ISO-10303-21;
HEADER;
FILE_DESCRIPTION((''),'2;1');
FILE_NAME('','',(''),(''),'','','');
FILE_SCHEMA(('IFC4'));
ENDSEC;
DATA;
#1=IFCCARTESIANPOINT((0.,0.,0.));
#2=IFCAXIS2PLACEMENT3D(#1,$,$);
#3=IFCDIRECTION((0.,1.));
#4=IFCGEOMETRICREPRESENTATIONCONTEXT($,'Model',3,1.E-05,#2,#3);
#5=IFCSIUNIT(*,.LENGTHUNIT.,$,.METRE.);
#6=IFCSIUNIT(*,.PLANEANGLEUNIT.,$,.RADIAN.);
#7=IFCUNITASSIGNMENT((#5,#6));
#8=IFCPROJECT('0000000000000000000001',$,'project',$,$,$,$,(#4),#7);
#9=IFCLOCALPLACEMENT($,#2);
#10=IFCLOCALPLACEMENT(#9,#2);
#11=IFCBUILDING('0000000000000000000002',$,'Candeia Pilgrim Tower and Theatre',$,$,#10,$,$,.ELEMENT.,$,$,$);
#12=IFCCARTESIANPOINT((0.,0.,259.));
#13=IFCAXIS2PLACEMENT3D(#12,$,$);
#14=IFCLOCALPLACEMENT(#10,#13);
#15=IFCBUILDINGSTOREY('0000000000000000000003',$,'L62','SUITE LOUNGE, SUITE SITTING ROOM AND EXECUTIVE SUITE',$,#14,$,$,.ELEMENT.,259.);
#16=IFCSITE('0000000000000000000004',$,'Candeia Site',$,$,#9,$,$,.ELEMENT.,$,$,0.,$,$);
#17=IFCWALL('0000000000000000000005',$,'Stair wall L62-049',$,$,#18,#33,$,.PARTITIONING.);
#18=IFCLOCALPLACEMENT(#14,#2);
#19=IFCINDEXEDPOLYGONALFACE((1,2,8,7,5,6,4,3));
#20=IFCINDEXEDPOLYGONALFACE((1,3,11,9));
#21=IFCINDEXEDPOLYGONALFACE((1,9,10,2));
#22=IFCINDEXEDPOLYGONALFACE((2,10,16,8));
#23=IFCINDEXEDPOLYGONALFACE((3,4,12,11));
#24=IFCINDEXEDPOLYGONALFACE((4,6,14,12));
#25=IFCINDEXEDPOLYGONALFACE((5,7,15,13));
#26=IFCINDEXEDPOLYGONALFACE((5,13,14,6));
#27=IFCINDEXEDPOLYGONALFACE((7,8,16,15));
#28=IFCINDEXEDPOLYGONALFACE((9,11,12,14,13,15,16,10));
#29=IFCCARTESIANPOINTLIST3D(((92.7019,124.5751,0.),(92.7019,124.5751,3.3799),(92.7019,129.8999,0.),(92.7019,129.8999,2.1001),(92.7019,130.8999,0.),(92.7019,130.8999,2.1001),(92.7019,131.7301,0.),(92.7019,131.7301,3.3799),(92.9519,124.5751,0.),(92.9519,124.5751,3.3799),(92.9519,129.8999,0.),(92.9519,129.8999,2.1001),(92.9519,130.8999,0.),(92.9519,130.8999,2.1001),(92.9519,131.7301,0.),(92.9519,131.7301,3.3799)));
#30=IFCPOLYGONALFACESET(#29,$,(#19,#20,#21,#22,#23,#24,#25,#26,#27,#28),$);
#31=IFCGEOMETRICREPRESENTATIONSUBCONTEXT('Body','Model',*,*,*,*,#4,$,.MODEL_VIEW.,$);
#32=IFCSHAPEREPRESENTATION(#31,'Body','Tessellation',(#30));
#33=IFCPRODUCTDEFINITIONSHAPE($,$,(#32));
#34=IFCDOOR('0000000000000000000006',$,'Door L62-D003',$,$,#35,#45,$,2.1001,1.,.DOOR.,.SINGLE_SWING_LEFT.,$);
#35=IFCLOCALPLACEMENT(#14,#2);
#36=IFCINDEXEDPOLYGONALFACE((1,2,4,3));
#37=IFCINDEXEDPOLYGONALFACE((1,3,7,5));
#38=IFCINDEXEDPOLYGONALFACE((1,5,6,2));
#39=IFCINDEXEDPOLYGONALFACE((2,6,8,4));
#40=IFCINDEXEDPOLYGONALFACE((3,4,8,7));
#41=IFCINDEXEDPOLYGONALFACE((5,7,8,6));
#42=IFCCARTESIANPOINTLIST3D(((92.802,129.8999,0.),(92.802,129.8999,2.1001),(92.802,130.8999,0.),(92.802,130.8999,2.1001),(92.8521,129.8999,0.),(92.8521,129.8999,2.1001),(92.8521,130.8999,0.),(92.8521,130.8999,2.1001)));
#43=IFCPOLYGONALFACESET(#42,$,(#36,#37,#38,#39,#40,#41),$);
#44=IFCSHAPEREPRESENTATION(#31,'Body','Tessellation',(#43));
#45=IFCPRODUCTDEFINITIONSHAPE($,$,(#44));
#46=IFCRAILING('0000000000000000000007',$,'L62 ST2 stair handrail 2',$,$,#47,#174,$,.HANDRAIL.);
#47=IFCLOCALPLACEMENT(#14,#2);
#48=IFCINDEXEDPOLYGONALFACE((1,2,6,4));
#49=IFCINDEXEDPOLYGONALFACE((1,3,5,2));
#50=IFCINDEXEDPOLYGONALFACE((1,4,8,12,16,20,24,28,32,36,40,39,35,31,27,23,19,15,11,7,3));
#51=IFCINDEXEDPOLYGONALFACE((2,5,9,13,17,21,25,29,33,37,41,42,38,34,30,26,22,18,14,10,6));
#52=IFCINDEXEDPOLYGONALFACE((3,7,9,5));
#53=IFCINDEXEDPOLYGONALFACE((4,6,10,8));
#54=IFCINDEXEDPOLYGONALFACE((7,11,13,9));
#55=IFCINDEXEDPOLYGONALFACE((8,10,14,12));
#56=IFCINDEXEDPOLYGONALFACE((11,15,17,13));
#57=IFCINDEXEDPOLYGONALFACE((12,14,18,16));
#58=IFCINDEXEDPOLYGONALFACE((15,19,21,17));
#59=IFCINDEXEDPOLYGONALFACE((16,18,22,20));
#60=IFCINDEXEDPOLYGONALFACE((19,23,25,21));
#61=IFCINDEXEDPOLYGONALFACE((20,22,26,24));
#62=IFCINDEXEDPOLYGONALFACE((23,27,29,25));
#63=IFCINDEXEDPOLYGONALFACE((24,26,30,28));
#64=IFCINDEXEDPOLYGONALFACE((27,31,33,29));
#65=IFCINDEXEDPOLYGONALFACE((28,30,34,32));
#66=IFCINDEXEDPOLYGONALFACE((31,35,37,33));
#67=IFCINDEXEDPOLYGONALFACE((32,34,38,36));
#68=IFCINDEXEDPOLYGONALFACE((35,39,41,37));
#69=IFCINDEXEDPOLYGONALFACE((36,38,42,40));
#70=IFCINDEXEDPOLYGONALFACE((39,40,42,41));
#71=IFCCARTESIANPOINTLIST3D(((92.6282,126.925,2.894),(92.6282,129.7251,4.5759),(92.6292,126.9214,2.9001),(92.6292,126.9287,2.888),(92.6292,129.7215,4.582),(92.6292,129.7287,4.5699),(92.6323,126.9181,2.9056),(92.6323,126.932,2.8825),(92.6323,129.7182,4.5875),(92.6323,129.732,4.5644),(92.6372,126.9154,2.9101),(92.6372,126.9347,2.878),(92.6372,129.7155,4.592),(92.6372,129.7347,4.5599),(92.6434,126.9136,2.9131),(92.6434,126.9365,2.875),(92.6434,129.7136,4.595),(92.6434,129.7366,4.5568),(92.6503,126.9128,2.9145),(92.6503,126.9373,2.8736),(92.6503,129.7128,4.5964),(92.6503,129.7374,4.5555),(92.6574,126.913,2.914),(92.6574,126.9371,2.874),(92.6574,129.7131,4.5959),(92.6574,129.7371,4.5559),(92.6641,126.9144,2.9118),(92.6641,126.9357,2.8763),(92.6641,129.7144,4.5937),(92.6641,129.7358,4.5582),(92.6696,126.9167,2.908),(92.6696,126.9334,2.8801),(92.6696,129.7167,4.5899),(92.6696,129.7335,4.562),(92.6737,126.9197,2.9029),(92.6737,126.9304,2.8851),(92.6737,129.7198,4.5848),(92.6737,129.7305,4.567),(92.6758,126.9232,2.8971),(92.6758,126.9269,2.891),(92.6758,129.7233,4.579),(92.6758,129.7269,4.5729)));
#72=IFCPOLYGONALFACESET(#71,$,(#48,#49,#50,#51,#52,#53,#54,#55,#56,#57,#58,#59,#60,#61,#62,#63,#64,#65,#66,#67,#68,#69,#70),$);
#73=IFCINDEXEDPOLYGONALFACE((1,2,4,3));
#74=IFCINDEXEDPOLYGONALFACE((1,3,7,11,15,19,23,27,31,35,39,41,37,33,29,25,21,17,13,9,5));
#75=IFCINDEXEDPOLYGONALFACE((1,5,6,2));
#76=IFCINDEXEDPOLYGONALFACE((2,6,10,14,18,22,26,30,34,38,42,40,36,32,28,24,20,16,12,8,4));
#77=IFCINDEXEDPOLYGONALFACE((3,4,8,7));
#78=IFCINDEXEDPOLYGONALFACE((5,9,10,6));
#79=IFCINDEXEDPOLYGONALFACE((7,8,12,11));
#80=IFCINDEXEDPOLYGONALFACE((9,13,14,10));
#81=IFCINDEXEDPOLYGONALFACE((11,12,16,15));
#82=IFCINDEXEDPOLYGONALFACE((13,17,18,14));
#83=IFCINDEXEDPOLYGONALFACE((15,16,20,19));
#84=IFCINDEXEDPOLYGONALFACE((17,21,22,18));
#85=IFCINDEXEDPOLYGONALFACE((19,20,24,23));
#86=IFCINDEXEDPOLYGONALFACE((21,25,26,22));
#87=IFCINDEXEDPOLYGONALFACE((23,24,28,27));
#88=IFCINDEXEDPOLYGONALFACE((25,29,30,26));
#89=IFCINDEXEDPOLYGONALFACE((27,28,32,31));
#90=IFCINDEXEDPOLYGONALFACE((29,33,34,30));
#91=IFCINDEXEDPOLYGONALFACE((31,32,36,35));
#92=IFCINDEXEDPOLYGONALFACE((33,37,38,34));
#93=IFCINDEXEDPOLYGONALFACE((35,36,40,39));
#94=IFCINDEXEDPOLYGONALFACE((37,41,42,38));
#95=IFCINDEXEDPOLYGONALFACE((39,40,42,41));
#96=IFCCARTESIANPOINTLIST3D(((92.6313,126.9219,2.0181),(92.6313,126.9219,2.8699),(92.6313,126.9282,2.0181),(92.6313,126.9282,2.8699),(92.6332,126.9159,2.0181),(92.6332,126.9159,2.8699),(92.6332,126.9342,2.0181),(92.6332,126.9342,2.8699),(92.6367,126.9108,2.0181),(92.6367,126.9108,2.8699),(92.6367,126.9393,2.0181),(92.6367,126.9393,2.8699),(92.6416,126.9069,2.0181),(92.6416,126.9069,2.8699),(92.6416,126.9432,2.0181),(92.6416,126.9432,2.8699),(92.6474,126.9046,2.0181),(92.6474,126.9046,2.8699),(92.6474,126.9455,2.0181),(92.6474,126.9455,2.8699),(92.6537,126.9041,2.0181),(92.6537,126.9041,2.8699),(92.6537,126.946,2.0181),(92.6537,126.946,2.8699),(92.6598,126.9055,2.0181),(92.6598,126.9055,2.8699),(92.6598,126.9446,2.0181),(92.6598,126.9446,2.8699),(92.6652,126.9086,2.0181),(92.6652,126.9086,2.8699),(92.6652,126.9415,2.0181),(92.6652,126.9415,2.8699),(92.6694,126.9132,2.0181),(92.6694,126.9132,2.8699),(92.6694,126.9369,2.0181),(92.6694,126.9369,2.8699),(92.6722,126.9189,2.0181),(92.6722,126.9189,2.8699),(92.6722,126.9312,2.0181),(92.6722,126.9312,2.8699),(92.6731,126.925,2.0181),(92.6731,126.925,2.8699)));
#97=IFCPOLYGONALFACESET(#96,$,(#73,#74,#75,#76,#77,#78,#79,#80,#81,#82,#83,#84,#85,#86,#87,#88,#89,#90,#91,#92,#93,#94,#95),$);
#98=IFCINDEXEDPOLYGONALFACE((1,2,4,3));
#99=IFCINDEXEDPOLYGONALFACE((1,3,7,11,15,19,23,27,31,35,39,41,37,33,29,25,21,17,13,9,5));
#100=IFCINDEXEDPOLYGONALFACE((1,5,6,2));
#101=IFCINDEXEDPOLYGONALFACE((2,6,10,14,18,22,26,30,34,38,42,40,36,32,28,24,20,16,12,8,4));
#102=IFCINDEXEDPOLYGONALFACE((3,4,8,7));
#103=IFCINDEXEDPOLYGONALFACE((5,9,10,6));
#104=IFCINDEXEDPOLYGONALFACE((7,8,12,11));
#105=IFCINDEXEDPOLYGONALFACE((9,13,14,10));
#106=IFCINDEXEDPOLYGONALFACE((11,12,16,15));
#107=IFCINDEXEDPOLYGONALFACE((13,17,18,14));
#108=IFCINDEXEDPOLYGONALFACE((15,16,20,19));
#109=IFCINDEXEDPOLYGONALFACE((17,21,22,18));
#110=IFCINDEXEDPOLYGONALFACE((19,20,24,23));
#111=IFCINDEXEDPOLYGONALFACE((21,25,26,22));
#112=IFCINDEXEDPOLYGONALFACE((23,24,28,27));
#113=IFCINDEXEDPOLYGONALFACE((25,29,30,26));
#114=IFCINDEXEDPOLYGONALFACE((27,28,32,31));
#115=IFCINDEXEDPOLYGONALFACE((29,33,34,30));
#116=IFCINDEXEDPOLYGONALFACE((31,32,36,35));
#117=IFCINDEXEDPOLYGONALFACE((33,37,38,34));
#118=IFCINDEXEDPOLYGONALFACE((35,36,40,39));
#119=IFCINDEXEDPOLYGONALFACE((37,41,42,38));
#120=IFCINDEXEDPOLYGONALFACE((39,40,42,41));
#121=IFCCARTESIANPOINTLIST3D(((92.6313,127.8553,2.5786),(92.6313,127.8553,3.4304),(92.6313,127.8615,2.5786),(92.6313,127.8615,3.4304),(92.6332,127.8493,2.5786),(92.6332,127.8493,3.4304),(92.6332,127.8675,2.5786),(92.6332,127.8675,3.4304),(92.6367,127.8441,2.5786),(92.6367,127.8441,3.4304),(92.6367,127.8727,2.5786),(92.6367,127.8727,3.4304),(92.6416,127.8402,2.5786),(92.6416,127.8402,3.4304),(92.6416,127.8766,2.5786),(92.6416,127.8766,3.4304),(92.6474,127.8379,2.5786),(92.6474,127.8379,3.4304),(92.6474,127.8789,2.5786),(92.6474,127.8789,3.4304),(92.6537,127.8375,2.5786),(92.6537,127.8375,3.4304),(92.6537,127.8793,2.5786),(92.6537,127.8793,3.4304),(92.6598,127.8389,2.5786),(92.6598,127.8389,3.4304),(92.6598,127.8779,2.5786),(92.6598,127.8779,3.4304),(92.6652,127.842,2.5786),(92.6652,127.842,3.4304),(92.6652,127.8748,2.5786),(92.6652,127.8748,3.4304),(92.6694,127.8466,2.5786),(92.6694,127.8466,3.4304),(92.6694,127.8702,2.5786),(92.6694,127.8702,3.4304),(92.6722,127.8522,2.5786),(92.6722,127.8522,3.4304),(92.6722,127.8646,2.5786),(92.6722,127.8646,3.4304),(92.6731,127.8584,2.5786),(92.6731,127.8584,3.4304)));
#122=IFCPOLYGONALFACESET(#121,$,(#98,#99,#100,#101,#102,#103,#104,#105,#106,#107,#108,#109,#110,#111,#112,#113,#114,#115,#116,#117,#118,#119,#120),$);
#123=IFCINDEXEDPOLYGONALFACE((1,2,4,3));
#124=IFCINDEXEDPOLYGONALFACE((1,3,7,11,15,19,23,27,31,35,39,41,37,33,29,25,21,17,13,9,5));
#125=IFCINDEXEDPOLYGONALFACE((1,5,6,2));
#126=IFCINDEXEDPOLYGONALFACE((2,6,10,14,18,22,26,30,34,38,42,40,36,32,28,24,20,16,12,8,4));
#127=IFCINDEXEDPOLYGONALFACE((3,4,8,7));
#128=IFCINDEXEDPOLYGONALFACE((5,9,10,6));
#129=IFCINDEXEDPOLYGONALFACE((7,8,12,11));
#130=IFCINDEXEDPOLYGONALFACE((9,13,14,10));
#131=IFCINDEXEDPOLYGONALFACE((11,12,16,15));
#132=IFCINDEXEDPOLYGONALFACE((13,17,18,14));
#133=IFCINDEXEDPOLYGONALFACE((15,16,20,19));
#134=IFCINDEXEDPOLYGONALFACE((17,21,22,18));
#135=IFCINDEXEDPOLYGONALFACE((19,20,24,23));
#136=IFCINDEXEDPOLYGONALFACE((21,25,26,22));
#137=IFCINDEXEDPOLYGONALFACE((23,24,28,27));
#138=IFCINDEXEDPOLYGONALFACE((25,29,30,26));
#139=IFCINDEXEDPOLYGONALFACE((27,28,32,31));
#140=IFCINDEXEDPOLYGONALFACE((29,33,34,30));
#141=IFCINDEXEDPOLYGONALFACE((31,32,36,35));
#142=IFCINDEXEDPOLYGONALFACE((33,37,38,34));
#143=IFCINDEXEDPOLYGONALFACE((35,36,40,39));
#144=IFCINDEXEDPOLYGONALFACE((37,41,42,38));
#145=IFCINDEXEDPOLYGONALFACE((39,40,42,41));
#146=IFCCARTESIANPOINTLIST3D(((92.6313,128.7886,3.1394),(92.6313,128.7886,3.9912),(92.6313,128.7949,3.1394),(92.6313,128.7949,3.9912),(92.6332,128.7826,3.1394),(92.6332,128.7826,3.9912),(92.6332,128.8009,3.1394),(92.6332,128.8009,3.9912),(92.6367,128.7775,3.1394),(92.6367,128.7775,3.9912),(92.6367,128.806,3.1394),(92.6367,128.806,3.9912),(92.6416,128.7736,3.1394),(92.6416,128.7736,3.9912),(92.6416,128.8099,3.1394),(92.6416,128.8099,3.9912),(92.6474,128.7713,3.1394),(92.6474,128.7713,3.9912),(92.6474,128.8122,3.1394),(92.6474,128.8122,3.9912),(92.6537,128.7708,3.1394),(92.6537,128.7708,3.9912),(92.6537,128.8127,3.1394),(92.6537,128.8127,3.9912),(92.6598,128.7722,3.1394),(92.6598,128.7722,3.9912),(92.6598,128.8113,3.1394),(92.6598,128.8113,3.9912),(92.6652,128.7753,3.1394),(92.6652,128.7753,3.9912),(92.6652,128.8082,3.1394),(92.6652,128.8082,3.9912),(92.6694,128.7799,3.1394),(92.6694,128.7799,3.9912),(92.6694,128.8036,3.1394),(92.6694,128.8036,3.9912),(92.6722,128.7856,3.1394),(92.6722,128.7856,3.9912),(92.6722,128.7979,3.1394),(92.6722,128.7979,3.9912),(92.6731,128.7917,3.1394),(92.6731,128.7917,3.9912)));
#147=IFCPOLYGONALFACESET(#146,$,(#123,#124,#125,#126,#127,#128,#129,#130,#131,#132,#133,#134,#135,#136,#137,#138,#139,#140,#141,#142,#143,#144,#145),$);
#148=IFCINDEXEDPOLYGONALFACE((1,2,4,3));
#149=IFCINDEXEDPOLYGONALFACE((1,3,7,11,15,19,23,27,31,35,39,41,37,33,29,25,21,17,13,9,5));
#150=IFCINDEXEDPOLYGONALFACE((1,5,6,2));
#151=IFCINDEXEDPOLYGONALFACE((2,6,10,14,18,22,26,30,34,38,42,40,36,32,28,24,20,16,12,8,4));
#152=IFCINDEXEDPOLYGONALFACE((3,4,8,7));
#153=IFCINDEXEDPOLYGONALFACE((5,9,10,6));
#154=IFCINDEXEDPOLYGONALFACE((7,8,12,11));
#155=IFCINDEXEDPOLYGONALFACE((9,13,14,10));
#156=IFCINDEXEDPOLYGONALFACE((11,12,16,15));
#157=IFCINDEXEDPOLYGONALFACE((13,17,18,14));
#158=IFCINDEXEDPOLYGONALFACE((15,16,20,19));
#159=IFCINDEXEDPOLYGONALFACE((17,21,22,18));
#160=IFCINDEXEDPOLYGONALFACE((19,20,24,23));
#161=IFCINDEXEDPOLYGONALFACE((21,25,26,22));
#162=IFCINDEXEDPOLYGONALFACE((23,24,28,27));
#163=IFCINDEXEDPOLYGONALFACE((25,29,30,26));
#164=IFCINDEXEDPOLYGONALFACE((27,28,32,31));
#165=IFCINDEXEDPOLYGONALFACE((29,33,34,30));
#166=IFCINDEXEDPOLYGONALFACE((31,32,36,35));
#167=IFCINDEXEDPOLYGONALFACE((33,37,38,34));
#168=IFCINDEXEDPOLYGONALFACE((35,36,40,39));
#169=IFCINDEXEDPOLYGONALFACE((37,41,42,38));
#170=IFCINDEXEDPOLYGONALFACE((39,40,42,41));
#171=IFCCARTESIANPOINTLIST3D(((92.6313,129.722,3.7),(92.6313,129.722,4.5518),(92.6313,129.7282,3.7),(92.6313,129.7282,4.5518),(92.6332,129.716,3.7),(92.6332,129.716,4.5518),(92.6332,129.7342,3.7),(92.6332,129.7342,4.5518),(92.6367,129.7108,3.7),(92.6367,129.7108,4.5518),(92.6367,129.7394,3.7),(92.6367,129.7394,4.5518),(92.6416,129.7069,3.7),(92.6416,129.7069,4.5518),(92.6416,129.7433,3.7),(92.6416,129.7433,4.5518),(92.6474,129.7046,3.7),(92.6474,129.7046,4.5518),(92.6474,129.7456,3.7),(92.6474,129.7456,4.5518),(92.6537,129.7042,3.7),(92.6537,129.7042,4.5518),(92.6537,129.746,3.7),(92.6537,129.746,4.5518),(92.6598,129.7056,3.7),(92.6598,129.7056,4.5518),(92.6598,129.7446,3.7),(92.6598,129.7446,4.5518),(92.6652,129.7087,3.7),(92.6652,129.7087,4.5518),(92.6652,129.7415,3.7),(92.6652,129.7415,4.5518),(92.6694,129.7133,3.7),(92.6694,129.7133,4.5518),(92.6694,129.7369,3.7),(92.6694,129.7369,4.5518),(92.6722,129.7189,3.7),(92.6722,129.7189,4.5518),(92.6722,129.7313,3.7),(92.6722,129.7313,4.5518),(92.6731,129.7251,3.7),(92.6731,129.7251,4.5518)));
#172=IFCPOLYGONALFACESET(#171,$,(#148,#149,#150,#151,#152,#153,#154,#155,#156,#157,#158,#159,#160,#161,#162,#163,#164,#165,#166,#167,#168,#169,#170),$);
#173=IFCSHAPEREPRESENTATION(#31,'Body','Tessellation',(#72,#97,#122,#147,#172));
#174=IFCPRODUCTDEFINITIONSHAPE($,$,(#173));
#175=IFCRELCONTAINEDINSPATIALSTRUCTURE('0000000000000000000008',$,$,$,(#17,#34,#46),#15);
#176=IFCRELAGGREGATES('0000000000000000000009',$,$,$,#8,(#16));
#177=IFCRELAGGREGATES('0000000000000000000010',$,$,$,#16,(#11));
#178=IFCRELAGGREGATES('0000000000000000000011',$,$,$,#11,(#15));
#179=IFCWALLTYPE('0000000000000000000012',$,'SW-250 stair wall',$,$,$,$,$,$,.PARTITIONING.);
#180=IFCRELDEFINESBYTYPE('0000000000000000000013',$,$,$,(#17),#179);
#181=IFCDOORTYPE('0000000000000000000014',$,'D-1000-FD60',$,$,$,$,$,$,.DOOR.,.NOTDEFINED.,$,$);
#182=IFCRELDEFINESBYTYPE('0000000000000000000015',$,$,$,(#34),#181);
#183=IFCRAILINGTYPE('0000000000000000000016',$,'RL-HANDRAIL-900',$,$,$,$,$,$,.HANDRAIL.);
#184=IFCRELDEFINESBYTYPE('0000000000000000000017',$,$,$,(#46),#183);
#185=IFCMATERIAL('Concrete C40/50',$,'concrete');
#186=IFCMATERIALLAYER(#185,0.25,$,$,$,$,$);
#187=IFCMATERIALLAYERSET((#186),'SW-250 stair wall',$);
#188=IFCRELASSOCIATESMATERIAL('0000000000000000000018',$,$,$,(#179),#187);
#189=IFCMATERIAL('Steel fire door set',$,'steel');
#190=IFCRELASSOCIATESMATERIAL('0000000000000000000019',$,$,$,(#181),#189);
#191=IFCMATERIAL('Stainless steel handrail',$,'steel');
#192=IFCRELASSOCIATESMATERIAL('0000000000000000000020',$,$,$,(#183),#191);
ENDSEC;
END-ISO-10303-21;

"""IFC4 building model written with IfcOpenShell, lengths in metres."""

from ifc_helpers import new_model, si_unit, direction, frame, frame_2d, origin, origin_2d, place, context, subcontext, project, spatial, rectangle, circle, extrude, material, layer, layer_set, type_object, element, fill, save


model = new_model("IFC4")

# Units and contexts
model_context = context("Model", 3, precision=1e-05, world=origin(), true_north=direction((0.0, 1.0)))
body_context = subcontext(model_context, "Body", "Model", "MODEL_VIEW")
ifc_project = project(units=[si_unit("LENGTHUNIT", "METRE"), si_unit("PLANEANGLEUNIT", "RADIAN")], contexts=[model_context])

# Site, building, storey
site_placement = place(None, origin())
site = spatial("IfcSite", under=ifc_project, at=site_placement, Name="Candeia Site", CompositionType="ELEMENT", RefElevation=0.0)
building_placement = place(site_placement, origin())
building = spatial("IfcBuilding", under=site, at=building_placement, Name="Candeia Pilgrim Tower and Theatre", CompositionType="ELEMENT")
storey_placement = place(building_placement, frame((0.0, 0.0, 259.0)))
storey = spatial("IfcBuildingStorey", under=building, at=storey_placement, Name="L62", Description="SUITE LOUNGE, SUITE SITTING ROOM AND EXECUTIVE SUITE", CompositionType="ELEMENT", Elevation=259.0)

# Shared definitions
ifc_material_1 = material(Name="Steel fire door set", Category="steel")

# Shared definitions
ifc_material_2 = material(Name="Concrete C40/50", Category="concrete")

# Wall, opening, door
ifc_layer_1 = layer(ifc_material_2, 0.25)
ifc_layer_set_1 = layer_set([ifc_layer_1], Name="SW-250 stair wall")
wall_type_1 = type_object("IfcWallType", Name="SW-250 stair wall", PredefinedType="PARTITIONING", material=ifc_layer_set_1)
wall_1_placement = place(storey_placement, frame((92.8269, 124.575, 0.0), z_axis=(0.0, 0.0, 1.0), x_axis=(0.0, 1.0, 0.0)))
wall_1 = element("IfcWall", 1, at=wall_1_placement, inside=storey, type_object=wall_type_1, Name="Stair wall L62-049", PredefinedType="PARTITIONING", context=body_context, shape_type="SweptSolid", body=[
    extrude(rectangle(XDim=7.155, YDim=0.25, at=frame_2d((3.5776, 0.0))), origin(), (0.0, 0.0, 1.0), 3.3799),
])
opening_1_placement = place(wall_1_placement, frame((5.325, 0.0, 0.0)))
opening_1 = element("IfcOpeningElement", 2, at=opening_1_placement, cuts=wall_1, PredefinedType="OPENING", context=body_context, shape_type="SweptSolid", body=[
    extrude(rectangle(XDim=1.0, YDim=2.1001, at=frame_2d((0.5, 1.05))), frame((0.0, 0.135, 0.0), z_axis=(0.0, -1.0, 0.0), x_axis=(1.0, 0.0, 0.0)), (0.0, 0.0, 1.0), 0.27),
])
door_type_1 = type_object("IfcDoorType", Name="D-1000-FD60", OperationType="NOTDEFINED", PredefinedType="DOOR", material=ifc_material_1)
door_1_placement = place(opening_1_placement, origin())
door_1 = element("IfcDoor", 3, at=door_1_placement, inside=storey, type_object=door_type_1, Name="Door L62-D003", OperationType="SINGLE_SWING_LEFT", OverallHeight=2.1001, OverallWidth=1.0, PredefinedType="DOOR", context=body_context, shape_type="SweptSolid", body=[
    extrude(rectangle(XDim=1.0, YDim=2.1001, at=frame_2d((0.5, 1.05))), frame((0.0, 0.0249, 0.0), z_axis=(0.0, -1.0, 0.0), x_axis=(1.0, 0.0, 0.0)), (0.0, 0.0, 1.0), 0.05),
])
fill(opening_1, door_1)

# Railing
ifc_material_3 = material(Name="Stainless steel handrail", Category="steel")
railing_type = type_object("IfcRailingType", Name="RL-HANDRAIL-900", PredefinedType="HANDRAIL", material=ifc_material_3)
railing_placement = place(storey_placement, frame((92.6521, 126.925, 2.0181)))
element("IfcRailing", 4, at=railing_placement, inside=storey, type_object=railing_type, Name="L62 ST2 stair handrail 2", PredefinedType="HANDRAIL", context=body_context, shape_type="SweptSolid", body=[
    extrude(circle(Radius=0.0239, at=origin_2d()), frame((0.0, 0.0, 0.876), z_axis=(0.0, 0.857242, 0.514913), x_axis=(-1.0, 0.0, 0.0)), (0.0, 0.0, 1.0), 3.2664),
    extrude(circle(Radius=0.021, at=origin_2d()), origin(), (0.0, 0.0, 1.0), 0.8518),
    extrude(circle(Radius=0.021, at=origin_2d()), frame((0.0, 0.9333, 0.5605)), (0.0, 0.0, 1.0), 0.8518),
    extrude(circle(Radius=0.021, at=origin_2d()), frame((0.0, 1.8667, 1.1213)), (0.0, 0.0, 1.0), 0.8518),
    extrude(circle(Radius=0.021, at=origin_2d()), frame((0.0, 2.8, 1.6819)), (0.0, 0.0, 1.0), 0.8518),
])

save(model, "model.ifc")
